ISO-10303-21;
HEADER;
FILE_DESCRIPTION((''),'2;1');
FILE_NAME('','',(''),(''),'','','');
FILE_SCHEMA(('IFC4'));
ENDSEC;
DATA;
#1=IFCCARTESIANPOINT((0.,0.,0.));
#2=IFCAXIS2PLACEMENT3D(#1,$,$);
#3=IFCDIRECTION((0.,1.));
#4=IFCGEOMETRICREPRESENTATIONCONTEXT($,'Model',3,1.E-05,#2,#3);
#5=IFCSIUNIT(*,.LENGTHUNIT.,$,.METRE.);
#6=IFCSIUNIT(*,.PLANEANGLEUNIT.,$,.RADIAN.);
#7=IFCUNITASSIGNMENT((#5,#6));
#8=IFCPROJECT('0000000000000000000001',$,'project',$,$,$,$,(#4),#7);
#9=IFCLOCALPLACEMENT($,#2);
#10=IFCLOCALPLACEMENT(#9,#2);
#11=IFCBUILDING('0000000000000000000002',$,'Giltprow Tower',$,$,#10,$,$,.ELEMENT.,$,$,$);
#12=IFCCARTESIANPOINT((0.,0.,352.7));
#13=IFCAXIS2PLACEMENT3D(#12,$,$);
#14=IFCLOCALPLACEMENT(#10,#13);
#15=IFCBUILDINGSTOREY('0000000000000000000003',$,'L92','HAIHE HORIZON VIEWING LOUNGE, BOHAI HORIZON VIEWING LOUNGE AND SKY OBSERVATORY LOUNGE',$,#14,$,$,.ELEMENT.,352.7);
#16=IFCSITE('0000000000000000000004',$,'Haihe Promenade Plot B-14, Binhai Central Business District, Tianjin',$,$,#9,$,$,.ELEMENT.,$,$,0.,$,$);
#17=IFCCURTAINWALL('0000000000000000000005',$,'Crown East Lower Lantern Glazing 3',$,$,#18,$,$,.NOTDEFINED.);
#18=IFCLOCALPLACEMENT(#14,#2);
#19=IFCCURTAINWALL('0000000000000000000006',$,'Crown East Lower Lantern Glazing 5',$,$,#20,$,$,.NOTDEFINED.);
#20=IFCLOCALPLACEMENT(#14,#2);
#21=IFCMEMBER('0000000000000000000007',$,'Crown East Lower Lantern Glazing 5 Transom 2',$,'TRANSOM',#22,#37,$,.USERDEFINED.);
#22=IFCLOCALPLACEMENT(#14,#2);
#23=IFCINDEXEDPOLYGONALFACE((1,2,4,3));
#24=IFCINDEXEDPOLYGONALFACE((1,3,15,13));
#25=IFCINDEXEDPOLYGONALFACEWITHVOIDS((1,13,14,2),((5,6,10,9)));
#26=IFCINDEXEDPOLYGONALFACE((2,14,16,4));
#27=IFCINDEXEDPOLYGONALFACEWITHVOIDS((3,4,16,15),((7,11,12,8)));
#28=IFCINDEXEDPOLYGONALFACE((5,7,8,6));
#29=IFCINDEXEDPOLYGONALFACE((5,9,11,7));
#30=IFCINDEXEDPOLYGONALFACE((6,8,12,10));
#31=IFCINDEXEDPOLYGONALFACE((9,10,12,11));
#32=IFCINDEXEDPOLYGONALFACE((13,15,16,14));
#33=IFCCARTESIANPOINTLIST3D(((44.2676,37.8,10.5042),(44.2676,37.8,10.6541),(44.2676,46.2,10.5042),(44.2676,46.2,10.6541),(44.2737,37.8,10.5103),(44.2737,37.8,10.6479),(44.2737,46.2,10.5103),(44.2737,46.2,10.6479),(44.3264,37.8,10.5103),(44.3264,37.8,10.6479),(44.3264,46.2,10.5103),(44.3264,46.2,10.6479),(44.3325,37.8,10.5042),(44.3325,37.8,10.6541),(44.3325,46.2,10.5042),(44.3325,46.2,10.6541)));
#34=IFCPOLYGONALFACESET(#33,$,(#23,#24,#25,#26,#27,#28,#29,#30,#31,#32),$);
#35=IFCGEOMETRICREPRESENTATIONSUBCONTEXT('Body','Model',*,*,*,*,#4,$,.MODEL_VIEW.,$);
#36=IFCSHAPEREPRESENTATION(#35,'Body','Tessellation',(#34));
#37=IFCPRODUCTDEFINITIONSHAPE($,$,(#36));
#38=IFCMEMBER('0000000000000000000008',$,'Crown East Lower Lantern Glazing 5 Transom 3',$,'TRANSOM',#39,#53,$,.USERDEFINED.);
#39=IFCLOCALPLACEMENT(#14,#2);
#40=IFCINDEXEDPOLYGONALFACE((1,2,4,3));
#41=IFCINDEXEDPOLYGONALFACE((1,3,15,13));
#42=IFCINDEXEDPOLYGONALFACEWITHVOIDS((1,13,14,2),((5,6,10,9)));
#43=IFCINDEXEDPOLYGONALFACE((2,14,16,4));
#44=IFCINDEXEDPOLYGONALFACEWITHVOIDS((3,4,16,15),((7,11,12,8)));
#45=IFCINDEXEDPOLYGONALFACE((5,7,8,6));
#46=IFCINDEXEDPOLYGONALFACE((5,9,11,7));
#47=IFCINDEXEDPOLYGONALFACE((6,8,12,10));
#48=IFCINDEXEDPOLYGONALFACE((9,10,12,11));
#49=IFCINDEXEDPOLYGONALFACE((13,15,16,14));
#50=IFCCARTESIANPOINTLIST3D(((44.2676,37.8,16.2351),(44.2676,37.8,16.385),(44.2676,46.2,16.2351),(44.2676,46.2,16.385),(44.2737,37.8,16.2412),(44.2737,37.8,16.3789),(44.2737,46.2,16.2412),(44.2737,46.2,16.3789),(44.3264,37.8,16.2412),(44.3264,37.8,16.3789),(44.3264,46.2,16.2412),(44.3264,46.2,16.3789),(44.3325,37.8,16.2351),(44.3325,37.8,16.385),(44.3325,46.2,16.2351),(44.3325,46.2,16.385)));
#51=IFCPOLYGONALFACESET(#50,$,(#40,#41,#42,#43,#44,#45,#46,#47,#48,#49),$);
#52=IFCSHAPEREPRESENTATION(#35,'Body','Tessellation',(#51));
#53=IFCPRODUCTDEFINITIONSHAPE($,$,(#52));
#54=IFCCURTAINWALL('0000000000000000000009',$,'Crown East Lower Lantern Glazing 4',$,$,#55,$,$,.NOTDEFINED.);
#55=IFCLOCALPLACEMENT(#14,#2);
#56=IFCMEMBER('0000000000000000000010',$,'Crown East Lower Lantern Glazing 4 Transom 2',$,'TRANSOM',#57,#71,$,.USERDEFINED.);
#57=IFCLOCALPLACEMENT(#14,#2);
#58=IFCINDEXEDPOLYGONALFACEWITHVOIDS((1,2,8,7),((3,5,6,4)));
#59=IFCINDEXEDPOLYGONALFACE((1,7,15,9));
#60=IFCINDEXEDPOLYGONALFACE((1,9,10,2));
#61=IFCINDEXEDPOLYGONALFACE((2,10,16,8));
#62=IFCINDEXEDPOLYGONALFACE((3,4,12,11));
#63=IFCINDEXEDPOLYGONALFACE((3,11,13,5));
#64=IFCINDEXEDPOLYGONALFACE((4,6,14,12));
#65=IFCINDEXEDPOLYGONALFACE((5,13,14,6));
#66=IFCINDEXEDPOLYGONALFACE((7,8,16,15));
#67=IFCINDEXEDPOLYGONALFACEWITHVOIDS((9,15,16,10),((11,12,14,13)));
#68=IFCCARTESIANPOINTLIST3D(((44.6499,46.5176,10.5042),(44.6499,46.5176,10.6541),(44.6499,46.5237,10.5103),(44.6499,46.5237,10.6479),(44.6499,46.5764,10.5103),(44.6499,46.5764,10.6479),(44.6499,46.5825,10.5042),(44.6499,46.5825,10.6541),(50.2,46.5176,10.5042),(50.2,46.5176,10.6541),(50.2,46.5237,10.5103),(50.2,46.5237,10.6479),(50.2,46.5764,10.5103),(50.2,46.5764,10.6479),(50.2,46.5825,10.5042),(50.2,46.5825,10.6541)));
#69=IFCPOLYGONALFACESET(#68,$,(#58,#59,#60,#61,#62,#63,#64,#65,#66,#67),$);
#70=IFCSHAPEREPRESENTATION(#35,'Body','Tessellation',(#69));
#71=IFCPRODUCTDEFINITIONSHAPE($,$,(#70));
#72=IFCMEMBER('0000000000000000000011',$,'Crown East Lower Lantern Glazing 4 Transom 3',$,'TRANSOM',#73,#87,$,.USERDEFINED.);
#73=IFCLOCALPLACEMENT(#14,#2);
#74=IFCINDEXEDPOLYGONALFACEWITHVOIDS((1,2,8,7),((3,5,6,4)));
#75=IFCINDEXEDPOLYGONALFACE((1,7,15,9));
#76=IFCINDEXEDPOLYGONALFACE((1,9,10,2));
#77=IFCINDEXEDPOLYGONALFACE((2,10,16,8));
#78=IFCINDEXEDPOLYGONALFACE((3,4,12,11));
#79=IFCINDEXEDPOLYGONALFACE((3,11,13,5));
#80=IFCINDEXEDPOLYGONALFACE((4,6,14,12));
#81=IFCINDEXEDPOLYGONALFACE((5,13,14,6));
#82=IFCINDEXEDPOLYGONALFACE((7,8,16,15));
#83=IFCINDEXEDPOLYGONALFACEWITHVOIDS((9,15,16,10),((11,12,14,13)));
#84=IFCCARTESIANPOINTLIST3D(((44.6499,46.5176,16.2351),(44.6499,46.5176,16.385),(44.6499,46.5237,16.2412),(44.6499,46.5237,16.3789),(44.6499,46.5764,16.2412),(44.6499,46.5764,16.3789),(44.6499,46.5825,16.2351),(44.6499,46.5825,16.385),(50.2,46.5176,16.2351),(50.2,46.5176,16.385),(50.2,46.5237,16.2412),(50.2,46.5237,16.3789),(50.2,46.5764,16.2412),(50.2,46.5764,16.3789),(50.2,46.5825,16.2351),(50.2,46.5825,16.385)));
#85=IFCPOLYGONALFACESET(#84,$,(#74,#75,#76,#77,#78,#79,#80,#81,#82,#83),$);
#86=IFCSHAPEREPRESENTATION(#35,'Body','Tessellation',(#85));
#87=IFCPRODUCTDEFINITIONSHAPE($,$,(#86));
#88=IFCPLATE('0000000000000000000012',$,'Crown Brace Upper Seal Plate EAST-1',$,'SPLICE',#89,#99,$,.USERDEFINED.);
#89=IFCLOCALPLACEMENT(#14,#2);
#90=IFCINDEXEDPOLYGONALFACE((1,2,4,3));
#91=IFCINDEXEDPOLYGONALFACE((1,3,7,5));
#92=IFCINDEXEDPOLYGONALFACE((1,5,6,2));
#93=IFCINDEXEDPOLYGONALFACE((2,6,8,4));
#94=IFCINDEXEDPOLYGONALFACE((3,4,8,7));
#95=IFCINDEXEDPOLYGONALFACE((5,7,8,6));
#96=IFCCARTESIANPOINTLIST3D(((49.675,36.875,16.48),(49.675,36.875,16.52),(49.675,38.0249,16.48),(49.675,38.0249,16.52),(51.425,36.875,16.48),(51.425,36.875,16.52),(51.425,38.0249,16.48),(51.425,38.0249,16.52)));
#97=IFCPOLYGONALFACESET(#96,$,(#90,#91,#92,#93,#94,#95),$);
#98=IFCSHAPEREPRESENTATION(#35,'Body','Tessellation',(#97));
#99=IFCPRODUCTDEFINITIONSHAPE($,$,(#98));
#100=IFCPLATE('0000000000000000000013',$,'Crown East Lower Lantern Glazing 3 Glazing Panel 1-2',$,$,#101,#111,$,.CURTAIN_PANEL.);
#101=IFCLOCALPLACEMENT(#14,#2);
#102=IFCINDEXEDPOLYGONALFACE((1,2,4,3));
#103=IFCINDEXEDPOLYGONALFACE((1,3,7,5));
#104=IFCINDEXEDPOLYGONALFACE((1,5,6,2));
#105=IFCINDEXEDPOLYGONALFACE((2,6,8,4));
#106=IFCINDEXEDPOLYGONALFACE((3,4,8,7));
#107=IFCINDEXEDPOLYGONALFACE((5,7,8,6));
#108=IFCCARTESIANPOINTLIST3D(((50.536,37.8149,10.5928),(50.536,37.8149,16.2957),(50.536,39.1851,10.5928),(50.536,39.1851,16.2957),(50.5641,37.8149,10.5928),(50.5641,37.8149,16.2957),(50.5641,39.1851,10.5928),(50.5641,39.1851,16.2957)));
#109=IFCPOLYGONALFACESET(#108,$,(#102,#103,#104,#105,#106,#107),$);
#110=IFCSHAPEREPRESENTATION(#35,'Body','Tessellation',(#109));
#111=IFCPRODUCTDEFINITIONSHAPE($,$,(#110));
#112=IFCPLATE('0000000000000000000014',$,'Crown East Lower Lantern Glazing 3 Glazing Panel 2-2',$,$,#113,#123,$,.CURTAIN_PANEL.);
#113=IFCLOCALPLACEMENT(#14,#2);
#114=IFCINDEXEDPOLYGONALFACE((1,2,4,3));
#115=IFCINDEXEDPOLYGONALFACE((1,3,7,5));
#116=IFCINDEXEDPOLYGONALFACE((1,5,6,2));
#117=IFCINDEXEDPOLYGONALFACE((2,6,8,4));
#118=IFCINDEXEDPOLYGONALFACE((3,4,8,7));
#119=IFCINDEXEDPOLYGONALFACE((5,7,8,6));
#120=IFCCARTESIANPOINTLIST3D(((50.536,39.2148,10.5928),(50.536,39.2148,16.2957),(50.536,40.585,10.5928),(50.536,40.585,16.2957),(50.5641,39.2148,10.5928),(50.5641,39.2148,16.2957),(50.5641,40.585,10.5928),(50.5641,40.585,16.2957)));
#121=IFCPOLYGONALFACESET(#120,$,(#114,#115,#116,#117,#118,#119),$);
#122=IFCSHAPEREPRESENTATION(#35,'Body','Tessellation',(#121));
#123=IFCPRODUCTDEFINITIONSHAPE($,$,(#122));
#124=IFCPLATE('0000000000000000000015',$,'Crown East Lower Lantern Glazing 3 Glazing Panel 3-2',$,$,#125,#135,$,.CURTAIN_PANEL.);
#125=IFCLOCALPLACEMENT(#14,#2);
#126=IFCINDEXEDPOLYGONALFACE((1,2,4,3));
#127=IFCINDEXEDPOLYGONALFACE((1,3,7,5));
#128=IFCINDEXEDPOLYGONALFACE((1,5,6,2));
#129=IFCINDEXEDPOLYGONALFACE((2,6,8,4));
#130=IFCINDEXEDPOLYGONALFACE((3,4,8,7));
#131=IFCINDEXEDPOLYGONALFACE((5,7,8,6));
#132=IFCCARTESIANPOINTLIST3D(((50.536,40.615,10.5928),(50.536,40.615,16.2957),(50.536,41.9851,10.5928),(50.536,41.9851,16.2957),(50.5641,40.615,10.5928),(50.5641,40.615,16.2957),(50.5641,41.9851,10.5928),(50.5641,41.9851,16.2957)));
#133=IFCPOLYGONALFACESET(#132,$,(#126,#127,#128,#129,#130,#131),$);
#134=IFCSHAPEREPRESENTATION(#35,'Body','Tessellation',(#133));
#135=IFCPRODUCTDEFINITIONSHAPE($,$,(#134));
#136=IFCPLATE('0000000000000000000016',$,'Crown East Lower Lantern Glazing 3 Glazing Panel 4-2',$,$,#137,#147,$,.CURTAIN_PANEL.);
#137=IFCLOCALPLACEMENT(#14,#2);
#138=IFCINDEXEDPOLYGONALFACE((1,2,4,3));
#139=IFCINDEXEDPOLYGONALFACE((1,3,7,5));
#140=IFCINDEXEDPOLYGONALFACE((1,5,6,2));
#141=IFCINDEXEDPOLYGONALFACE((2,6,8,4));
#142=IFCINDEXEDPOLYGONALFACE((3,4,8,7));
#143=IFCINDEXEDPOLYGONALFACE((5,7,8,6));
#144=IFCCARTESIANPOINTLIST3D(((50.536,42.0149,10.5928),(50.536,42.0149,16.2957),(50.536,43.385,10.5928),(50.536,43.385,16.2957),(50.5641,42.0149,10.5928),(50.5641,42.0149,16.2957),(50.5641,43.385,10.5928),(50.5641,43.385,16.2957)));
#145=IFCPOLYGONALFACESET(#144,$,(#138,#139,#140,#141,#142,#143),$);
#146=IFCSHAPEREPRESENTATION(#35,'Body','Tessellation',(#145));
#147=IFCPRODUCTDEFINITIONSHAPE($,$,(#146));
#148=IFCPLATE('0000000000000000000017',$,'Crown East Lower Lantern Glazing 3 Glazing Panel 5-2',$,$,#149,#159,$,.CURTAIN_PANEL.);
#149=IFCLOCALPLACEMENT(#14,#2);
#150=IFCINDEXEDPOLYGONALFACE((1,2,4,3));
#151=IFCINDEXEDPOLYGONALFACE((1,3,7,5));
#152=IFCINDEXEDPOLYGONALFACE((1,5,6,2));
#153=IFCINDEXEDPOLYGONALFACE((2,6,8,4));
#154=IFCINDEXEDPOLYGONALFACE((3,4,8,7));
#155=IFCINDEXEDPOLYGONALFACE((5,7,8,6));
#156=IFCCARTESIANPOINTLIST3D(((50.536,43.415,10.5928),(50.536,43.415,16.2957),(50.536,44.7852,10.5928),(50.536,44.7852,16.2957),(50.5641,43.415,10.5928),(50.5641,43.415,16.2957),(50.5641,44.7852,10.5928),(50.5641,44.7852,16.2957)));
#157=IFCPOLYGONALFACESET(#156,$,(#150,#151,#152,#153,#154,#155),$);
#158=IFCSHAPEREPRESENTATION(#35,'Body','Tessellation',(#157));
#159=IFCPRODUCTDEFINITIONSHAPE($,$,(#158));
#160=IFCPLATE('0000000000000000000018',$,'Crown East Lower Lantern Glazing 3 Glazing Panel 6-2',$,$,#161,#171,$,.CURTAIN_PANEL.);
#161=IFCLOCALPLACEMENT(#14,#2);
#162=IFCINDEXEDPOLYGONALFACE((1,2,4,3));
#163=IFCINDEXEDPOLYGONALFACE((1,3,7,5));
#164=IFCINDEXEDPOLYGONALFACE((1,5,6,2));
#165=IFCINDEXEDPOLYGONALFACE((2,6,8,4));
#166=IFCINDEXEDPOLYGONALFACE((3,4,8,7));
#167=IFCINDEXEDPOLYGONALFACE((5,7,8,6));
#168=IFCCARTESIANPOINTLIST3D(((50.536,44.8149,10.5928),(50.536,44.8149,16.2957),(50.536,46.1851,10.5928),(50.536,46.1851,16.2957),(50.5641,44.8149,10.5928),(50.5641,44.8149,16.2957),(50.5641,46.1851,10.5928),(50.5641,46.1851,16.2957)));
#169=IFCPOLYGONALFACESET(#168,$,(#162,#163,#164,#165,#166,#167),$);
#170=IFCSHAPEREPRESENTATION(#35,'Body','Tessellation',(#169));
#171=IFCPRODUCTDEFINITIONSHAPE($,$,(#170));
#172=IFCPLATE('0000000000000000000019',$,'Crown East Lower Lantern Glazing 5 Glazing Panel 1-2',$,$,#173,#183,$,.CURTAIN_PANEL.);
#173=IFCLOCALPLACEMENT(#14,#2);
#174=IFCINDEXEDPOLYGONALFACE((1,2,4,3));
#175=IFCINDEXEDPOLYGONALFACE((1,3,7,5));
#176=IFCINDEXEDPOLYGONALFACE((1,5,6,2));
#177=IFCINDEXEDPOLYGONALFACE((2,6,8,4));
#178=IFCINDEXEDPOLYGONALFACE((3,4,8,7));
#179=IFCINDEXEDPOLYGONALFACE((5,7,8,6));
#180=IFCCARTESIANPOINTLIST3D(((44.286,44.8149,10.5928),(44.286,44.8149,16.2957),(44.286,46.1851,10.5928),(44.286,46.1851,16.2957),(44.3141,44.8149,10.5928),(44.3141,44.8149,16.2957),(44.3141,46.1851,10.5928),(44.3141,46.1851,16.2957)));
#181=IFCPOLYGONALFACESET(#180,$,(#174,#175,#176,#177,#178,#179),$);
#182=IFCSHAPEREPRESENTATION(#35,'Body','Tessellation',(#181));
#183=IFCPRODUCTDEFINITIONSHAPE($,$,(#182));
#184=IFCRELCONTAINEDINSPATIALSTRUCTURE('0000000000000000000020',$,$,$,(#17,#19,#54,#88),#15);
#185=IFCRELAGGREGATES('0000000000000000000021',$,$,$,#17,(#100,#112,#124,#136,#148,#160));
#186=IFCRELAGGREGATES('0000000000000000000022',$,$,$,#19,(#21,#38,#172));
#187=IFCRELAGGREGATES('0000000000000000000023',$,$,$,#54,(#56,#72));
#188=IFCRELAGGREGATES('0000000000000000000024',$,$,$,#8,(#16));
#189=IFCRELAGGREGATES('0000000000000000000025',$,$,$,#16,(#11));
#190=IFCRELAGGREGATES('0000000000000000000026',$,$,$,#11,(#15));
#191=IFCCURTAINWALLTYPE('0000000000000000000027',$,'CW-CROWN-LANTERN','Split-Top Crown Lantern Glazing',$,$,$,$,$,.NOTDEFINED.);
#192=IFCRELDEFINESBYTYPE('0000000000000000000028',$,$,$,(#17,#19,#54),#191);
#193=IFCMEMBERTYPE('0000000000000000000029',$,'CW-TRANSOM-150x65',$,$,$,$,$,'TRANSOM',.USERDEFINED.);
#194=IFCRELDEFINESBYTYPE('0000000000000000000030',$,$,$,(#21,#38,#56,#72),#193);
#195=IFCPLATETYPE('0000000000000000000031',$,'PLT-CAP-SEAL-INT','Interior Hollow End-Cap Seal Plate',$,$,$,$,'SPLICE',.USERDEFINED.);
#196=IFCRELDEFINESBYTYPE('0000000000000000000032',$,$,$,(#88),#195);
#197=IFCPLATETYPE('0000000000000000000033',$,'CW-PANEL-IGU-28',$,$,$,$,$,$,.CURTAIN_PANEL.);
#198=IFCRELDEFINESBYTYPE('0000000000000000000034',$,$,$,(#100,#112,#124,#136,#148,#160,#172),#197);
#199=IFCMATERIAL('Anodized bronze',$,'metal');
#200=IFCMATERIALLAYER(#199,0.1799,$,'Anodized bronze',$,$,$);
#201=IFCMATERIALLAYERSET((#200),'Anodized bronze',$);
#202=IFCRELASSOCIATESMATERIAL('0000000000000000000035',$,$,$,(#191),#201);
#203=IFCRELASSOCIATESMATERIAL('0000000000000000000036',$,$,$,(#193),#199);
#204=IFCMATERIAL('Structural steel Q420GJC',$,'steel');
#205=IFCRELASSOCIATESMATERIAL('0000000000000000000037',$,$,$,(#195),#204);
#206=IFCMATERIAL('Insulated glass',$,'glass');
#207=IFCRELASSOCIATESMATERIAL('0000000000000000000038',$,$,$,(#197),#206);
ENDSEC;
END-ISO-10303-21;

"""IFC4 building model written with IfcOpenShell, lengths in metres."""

from ifc_helpers import new_model, si_unit, direction, frame, origin, origin_2d, place, context, subcontext, project, spatial, rectangle, hollow_rectangle, extrude, source, transform, mapped, material, layer, layer_set, material_profile, profile_set, type_object, element, aggregate, save


model = new_model("IFC4")

# Units and contexts
model_context = context("Model", 3, precision=1e-05, world=origin(), true_north=direction((0.0, 1.0)))
body_context = subcontext(model_context, "Body", "Model", "MODEL_VIEW")
ifc_project = project(units=[si_unit("LENGTHUNIT", "METRE"), si_unit("PLANEANGLEUNIT", "RADIAN")], contexts=[model_context])

# Site, building, storey
site_placement = place(None, origin())
site = spatial("IfcSite", under=ifc_project, at=site_placement, Name="Haihe Promenade Plot B-14, Binhai Central Business District, Tianjin", CompositionType="ELEMENT", RefElevation=0.0)
building_placement = place(site_placement, origin())
building = spatial("IfcBuilding", under=site, at=building_placement, Name="Giltprow Tower", CompositionType="ELEMENT")
storey_placement = place(building_placement, frame((0.0, 0.0, 352.7)))
storey = spatial("IfcBuildingStorey", under=building, at=storey_placement, Name="L92", Description="HAIHE HORIZON VIEWING LOUNGE, BOHAI HORIZON VIEWING LOUNGE AND SKY OBSERVATORY LOUNGE", CompositionType="ELEMENT", Elevation=352.7)

# Curtain walls, members
ifc_material_1 = material(Name="Anodized bronze", Category="metal")
ifc_layer = layer(ifc_material_1, 0.1799, Name="Anodized bronze")
ifc_layer_set = layer_set([ifc_layer], Name="Anodized bronze")
curtain_wall_type = type_object("IfcCurtainWallType", Name="CW-CROWN-LANTERN", Description="Split-Top Crown Lantern Glazing", PredefinedType="NOTDEFINED", material=ifc_layer_set)
ifc_material_profile_1 = material_profile(ifc_material_1, hollow_rectangle(XDim=0.0649, YDim=0.1499, WallThickness=0.0061, at=origin_2d()), Name="RHS 150x65x6")
ifc_profile_set_1 = profile_set([ifc_material_profile_1], Name="Anodized bronze")
member_type_1 = type_object("IfcMemberType", Name="CW-TRANSOM-150x65", ElementType="TRANSOM", PredefinedType="USERDEFINED", material=ifc_profile_set_1)
curtain_wall_1_placement = place(storey_placement, origin())
curtain_wall_1 = element("IfcCurtainWall", 1, at=curtain_wall_1_placement, inside=storey, type_object=curtain_wall_type, Name="Crown East Lower Lantern Glazing 3", PredefinedType="NOTDEFINED")
shared_shape_1 = source(origin(), body_context, "Body", "SweptSolid", [
    extrude(hollow_rectangle(XDim=0.0649, YDim=0.1499, WallThickness=0.0061, at=origin_2d()), origin(), (0.0, 0.0, 1.0), 8.3999),
])
curtain_wall_2_placement = place(storey_placement, origin())
curtain_wall_2 = element("IfcCurtainWall", 2, at=curtain_wall_2_placement, inside=storey, type_object=curtain_wall_type, Name="Crown East Lower Lantern Glazing 5", PredefinedType="NOTDEFINED")
member_1_placement = place(storey_placement, frame((44.3, 46.2, 10.5791), z_axis=(0.0, -1.0, 0.0), x_axis=(1.0, 0.0, 0.0)))
member_1 = element("IfcMember", 3, at=member_1_placement, type_object=member_type_1, Name="Crown East Lower Lantern Glazing 5 Transom 2", ObjectType="TRANSOM", PredefinedType="USERDEFINED", context=body_context, shape_type="MappedRepresentation", body=[
    mapped(shared_shape_1, transform((0.0, 0.0, 0.0), x_axis=(1.0, 0.0, 0.0), y_axis=(0.0, 1.0, 0.0), z_axis=(0.0, 0.0, 1.0), scale=1.0)),
])
member_2_placement = place(storey_placement, frame((44.3, 46.2, 16.3101), z_axis=(0.0, -1.0, 0.0), x_axis=(1.0, 0.0, 0.0)))
member_2 = element("IfcMember", 4, at=member_2_placement, type_object=member_type_1, Name="Crown East Lower Lantern Glazing 5 Transom 3", ObjectType="TRANSOM", PredefinedType="USERDEFINED", context=body_context, shape_type="MappedRepresentation", body=[
    mapped(shared_shape_1, transform((0.0, 0.0, 0.0), x_axis=(1.0, 0.0, 0.0), y_axis=(0.0, 1.0, 0.0), z_axis=(0.0, 0.0, 1.0), scale=1.0)),
])
curtain_wall_3_placement = place(storey_placement, origin())
curtain_wall_3 = element("IfcCurtainWall", 5, at=curtain_wall_3_placement, inside=storey, type_object=curtain_wall_type, Name="Crown East Lower Lantern Glazing 4", PredefinedType="NOTDEFINED")
shared_shape_2 = source(origin(), body_context, "Body", "SweptSolid", [
    extrude(hollow_rectangle(XDim=0.0649, YDim=0.1499, WallThickness=0.0061, at=origin_2d()), origin(), (0.0, 0.0, 1.0), 5.55),
])
member_3_placement = place(storey_placement, frame((50.2, 46.55, 10.5791), z_axis=(-1.0, 0.0, 0.0), x_axis=(0.0, -1.0, 0.0)))
member_3 = element("IfcMember", 6, at=member_3_placement, type_object=member_type_1, Name="Crown East Lower Lantern Glazing 4 Transom 2", ObjectType="TRANSOM", PredefinedType="USERDEFINED", context=body_context, shape_type="MappedRepresentation", body=[
    mapped(shared_shape_2, transform((0.0, 0.0, 0.0), x_axis=(1.0, 0.0, 0.0), y_axis=(0.0, 1.0, 0.0), z_axis=(0.0, 0.0, 1.0), scale=1.0)),
])
member_4_placement = place(storey_placement, frame((50.2, 46.55, 16.3101), z_axis=(-1.0, 0.0, 0.0), x_axis=(0.0, -1.0, 0.0)))
member_4 = element("IfcMember", 7, at=member_4_placement, type_object=member_type_1, Name="Crown East Lower Lantern Glazing 4 Transom 3", ObjectType="TRANSOM", PredefinedType="USERDEFINED", context=body_context, shape_type="MappedRepresentation", body=[
    mapped(shared_shape_2, transform((0.0, 0.0, 0.0), x_axis=(1.0, 0.0, 0.0), y_axis=(0.0, 1.0, 0.0), z_axis=(0.0, 0.0, 1.0), scale=1.0)),
])

# Plates
ifc_material_2 = material(Name="Structural steel Q420GJC", Category="steel")
plate_type_1 = type_object("IfcPlateType", Name="PLT-CAP-SEAL-INT", Description="Interior Hollow End-Cap Seal Plate", ElementType="SPLICE", PredefinedType="USERDEFINED", material=ifc_material_2)
shared_shape_3 = source(origin(), body_context, "Body", "SweptSolid", [
    extrude(rectangle(XDim=1.75, YDim=1.1499, at=origin_2d()), origin(), (0.0, 0.0, 1.0), 0.04),
])
plate_1_placement = place(storey_placement, frame((50.55, 37.45, 16.48), z_axis=(0.0, 0.0, 1.0), x_axis=(1.0, 0.0, 0.0)))
element("IfcPlate", 8, at=plate_1_placement, inside=storey, type_object=plate_type_1, Name="Crown Brace Upper Seal Plate EAST-1", ObjectType="SPLICE", PredefinedType="USERDEFINED", context=body_context, shape_type="MappedRepresentation", body=[
    mapped(shared_shape_3, transform((0.0, 0.0, 0.0), x_axis=(1.0, 0.0, 0.0), y_axis=(0.0, 1.0, 0.0), z_axis=(0.0, 0.0, 1.0), scale=1.0)),
])
ifc_material_3 = material(Name="Insulated glass", Category="glass")
plate_type_2 = type_object("IfcPlateType", Name="CW-PANEL-IGU-28", PredefinedType="CURTAIN_PANEL", material=ifc_material_3)
shared_shape_4 = source(origin(), body_context, "Body", "SweptSolid", [
    extrude(rectangle(XDim=1.3701, YDim=0.0281, at=origin_2d()), origin(), (0.0, 0.0, 1.0), 5.7029),
])
plate_2_placement = place(storey_placement, frame((50.55, 38.5, 10.5928), z_axis=(0.0, 0.0, 1.0), x_axis=(0.0, 1.0, 0.0)))
plate_2 = element("IfcPlate", 9, at=plate_2_placement, type_object=plate_type_2, Name="Crown East Lower Lantern Glazing 3 Glazing Panel 1-2", PredefinedType="CURTAIN_PANEL", context=body_context, shape_type="MappedRepresentation", body=[
    mapped(shared_shape_4, transform((0.0, 0.0, 0.0), x_axis=(1.0, 0.0, 0.0), y_axis=(0.0, 1.0, 0.0), z_axis=(0.0, 0.0, 1.0), scale=1.0)),
])
plate_3_placement = place(storey_placement, frame((50.55, 39.8999, 10.5928), z_axis=(0.0, 0.0, 1.0), x_axis=(0.0, 1.0, 0.0)))
plate_3 = element("IfcPlate", 10, at=plate_3_placement, type_object=plate_type_2, Name="Crown East Lower Lantern Glazing 3 Glazing Panel 2-2", PredefinedType="CURTAIN_PANEL", context=body_context, shape_type="MappedRepresentation", body=[
    mapped(shared_shape_4, transform((0.0, 0.0, 0.0), x_axis=(1.0, 0.0, 0.0), y_axis=(0.0, 1.0, 0.0), z_axis=(0.0, 0.0, 1.0), scale=1.0)),
])
plate_4_placement = place(storey_placement, frame((50.55, 41.3, 10.5928), z_axis=(0.0, 0.0, 1.0), x_axis=(0.0, 1.0, 0.0)))
plate_4 = element("IfcPlate", 11, at=plate_4_placement, type_object=plate_type_2, Name="Crown East Lower Lantern Glazing 3 Glazing Panel 3-2", PredefinedType="CURTAIN_PANEL", context=body_context, shape_type="MappedRepresentation", body=[
    mapped(shared_shape_4, transform((0.0, 0.0, 0.0), x_axis=(1.0, 0.0, 0.0), y_axis=(0.0, 1.0, 0.0), z_axis=(0.0, 0.0, 1.0), scale=1.0)),
])
plate_5_placement = place(storey_placement, frame((50.55, 42.7, 10.5928), z_axis=(0.0, 0.0, 1.0), x_axis=(0.0, 1.0, 0.0)))
plate_5 = element("IfcPlate", 12, at=plate_5_placement, type_object=plate_type_2, Name="Crown East Lower Lantern Glazing 3 Glazing Panel 4-2", PredefinedType="CURTAIN_PANEL", context=body_context, shape_type="MappedRepresentation", body=[
    mapped(shared_shape_4, transform((0.0, 0.0, 0.0), x_axis=(1.0, 0.0, 0.0), y_axis=(0.0, 1.0, 0.0), z_axis=(0.0, 0.0, 1.0), scale=1.0)),
])
plate_6_placement = place(storey_placement, frame((50.55, 44.1001, 10.5928), z_axis=(0.0, 0.0, 1.0), x_axis=(0.0, 1.0, 0.0)))
plate_6 = element("IfcPlate", 13, at=plate_6_placement, type_object=plate_type_2, Name="Crown East Lower Lantern Glazing 3 Glazing Panel 5-2", PredefinedType="CURTAIN_PANEL", context=body_context, shape_type="MappedRepresentation", body=[
    mapped(shared_shape_4, transform((0.0, 0.0, 0.0), x_axis=(1.0, 0.0, 0.0), y_axis=(0.0, 1.0, 0.0), z_axis=(0.0, 0.0, 1.0), scale=1.0)),
])
plate_7_placement = place(storey_placement, frame((50.55, 45.5, 10.5928), z_axis=(0.0, 0.0, 1.0), x_axis=(0.0, 1.0, 0.0)))
plate_7 = element("IfcPlate", 14, at=plate_7_placement, type_object=plate_type_2, Name="Crown East Lower Lantern Glazing 3 Glazing Panel 6-2", PredefinedType="CURTAIN_PANEL", context=body_context, shape_type="MappedRepresentation", body=[
    mapped(shared_shape_4, transform((0.0, 0.0, 0.0), x_axis=(1.0, 0.0, 0.0), y_axis=(0.0, 1.0, 0.0), z_axis=(0.0, 0.0, 1.0), scale=1.0)),
])
aggregate(curtain_wall_1, [plate_2, plate_3, plate_4, plate_5, plate_6, plate_7])
plate_8_placement = place(storey_placement, frame((44.3, 45.5, 10.5928), z_axis=(0.0, 0.0, 1.0), x_axis=(0.0, -1.0, 0.0)))
plate_8 = element("IfcPlate", 15, at=plate_8_placement, type_object=plate_type_2, Name="Crown East Lower Lantern Glazing 5 Glazing Panel 1-2", PredefinedType="CURTAIN_PANEL", context=body_context, shape_type="MappedRepresentation", body=[
    mapped(shared_shape_4, transform((0.0, 0.0, 0.0), x_axis=(1.0, 0.0, 0.0), y_axis=(0.0, 1.0, 0.0), z_axis=(0.0, 0.0, 1.0), scale=1.0)),
])
aggregate(curtain_wall_2, [member_1, member_2, plate_8])
aggregate(curtain_wall_3, [member_3, member_4])

save(model, "model.ifc")
